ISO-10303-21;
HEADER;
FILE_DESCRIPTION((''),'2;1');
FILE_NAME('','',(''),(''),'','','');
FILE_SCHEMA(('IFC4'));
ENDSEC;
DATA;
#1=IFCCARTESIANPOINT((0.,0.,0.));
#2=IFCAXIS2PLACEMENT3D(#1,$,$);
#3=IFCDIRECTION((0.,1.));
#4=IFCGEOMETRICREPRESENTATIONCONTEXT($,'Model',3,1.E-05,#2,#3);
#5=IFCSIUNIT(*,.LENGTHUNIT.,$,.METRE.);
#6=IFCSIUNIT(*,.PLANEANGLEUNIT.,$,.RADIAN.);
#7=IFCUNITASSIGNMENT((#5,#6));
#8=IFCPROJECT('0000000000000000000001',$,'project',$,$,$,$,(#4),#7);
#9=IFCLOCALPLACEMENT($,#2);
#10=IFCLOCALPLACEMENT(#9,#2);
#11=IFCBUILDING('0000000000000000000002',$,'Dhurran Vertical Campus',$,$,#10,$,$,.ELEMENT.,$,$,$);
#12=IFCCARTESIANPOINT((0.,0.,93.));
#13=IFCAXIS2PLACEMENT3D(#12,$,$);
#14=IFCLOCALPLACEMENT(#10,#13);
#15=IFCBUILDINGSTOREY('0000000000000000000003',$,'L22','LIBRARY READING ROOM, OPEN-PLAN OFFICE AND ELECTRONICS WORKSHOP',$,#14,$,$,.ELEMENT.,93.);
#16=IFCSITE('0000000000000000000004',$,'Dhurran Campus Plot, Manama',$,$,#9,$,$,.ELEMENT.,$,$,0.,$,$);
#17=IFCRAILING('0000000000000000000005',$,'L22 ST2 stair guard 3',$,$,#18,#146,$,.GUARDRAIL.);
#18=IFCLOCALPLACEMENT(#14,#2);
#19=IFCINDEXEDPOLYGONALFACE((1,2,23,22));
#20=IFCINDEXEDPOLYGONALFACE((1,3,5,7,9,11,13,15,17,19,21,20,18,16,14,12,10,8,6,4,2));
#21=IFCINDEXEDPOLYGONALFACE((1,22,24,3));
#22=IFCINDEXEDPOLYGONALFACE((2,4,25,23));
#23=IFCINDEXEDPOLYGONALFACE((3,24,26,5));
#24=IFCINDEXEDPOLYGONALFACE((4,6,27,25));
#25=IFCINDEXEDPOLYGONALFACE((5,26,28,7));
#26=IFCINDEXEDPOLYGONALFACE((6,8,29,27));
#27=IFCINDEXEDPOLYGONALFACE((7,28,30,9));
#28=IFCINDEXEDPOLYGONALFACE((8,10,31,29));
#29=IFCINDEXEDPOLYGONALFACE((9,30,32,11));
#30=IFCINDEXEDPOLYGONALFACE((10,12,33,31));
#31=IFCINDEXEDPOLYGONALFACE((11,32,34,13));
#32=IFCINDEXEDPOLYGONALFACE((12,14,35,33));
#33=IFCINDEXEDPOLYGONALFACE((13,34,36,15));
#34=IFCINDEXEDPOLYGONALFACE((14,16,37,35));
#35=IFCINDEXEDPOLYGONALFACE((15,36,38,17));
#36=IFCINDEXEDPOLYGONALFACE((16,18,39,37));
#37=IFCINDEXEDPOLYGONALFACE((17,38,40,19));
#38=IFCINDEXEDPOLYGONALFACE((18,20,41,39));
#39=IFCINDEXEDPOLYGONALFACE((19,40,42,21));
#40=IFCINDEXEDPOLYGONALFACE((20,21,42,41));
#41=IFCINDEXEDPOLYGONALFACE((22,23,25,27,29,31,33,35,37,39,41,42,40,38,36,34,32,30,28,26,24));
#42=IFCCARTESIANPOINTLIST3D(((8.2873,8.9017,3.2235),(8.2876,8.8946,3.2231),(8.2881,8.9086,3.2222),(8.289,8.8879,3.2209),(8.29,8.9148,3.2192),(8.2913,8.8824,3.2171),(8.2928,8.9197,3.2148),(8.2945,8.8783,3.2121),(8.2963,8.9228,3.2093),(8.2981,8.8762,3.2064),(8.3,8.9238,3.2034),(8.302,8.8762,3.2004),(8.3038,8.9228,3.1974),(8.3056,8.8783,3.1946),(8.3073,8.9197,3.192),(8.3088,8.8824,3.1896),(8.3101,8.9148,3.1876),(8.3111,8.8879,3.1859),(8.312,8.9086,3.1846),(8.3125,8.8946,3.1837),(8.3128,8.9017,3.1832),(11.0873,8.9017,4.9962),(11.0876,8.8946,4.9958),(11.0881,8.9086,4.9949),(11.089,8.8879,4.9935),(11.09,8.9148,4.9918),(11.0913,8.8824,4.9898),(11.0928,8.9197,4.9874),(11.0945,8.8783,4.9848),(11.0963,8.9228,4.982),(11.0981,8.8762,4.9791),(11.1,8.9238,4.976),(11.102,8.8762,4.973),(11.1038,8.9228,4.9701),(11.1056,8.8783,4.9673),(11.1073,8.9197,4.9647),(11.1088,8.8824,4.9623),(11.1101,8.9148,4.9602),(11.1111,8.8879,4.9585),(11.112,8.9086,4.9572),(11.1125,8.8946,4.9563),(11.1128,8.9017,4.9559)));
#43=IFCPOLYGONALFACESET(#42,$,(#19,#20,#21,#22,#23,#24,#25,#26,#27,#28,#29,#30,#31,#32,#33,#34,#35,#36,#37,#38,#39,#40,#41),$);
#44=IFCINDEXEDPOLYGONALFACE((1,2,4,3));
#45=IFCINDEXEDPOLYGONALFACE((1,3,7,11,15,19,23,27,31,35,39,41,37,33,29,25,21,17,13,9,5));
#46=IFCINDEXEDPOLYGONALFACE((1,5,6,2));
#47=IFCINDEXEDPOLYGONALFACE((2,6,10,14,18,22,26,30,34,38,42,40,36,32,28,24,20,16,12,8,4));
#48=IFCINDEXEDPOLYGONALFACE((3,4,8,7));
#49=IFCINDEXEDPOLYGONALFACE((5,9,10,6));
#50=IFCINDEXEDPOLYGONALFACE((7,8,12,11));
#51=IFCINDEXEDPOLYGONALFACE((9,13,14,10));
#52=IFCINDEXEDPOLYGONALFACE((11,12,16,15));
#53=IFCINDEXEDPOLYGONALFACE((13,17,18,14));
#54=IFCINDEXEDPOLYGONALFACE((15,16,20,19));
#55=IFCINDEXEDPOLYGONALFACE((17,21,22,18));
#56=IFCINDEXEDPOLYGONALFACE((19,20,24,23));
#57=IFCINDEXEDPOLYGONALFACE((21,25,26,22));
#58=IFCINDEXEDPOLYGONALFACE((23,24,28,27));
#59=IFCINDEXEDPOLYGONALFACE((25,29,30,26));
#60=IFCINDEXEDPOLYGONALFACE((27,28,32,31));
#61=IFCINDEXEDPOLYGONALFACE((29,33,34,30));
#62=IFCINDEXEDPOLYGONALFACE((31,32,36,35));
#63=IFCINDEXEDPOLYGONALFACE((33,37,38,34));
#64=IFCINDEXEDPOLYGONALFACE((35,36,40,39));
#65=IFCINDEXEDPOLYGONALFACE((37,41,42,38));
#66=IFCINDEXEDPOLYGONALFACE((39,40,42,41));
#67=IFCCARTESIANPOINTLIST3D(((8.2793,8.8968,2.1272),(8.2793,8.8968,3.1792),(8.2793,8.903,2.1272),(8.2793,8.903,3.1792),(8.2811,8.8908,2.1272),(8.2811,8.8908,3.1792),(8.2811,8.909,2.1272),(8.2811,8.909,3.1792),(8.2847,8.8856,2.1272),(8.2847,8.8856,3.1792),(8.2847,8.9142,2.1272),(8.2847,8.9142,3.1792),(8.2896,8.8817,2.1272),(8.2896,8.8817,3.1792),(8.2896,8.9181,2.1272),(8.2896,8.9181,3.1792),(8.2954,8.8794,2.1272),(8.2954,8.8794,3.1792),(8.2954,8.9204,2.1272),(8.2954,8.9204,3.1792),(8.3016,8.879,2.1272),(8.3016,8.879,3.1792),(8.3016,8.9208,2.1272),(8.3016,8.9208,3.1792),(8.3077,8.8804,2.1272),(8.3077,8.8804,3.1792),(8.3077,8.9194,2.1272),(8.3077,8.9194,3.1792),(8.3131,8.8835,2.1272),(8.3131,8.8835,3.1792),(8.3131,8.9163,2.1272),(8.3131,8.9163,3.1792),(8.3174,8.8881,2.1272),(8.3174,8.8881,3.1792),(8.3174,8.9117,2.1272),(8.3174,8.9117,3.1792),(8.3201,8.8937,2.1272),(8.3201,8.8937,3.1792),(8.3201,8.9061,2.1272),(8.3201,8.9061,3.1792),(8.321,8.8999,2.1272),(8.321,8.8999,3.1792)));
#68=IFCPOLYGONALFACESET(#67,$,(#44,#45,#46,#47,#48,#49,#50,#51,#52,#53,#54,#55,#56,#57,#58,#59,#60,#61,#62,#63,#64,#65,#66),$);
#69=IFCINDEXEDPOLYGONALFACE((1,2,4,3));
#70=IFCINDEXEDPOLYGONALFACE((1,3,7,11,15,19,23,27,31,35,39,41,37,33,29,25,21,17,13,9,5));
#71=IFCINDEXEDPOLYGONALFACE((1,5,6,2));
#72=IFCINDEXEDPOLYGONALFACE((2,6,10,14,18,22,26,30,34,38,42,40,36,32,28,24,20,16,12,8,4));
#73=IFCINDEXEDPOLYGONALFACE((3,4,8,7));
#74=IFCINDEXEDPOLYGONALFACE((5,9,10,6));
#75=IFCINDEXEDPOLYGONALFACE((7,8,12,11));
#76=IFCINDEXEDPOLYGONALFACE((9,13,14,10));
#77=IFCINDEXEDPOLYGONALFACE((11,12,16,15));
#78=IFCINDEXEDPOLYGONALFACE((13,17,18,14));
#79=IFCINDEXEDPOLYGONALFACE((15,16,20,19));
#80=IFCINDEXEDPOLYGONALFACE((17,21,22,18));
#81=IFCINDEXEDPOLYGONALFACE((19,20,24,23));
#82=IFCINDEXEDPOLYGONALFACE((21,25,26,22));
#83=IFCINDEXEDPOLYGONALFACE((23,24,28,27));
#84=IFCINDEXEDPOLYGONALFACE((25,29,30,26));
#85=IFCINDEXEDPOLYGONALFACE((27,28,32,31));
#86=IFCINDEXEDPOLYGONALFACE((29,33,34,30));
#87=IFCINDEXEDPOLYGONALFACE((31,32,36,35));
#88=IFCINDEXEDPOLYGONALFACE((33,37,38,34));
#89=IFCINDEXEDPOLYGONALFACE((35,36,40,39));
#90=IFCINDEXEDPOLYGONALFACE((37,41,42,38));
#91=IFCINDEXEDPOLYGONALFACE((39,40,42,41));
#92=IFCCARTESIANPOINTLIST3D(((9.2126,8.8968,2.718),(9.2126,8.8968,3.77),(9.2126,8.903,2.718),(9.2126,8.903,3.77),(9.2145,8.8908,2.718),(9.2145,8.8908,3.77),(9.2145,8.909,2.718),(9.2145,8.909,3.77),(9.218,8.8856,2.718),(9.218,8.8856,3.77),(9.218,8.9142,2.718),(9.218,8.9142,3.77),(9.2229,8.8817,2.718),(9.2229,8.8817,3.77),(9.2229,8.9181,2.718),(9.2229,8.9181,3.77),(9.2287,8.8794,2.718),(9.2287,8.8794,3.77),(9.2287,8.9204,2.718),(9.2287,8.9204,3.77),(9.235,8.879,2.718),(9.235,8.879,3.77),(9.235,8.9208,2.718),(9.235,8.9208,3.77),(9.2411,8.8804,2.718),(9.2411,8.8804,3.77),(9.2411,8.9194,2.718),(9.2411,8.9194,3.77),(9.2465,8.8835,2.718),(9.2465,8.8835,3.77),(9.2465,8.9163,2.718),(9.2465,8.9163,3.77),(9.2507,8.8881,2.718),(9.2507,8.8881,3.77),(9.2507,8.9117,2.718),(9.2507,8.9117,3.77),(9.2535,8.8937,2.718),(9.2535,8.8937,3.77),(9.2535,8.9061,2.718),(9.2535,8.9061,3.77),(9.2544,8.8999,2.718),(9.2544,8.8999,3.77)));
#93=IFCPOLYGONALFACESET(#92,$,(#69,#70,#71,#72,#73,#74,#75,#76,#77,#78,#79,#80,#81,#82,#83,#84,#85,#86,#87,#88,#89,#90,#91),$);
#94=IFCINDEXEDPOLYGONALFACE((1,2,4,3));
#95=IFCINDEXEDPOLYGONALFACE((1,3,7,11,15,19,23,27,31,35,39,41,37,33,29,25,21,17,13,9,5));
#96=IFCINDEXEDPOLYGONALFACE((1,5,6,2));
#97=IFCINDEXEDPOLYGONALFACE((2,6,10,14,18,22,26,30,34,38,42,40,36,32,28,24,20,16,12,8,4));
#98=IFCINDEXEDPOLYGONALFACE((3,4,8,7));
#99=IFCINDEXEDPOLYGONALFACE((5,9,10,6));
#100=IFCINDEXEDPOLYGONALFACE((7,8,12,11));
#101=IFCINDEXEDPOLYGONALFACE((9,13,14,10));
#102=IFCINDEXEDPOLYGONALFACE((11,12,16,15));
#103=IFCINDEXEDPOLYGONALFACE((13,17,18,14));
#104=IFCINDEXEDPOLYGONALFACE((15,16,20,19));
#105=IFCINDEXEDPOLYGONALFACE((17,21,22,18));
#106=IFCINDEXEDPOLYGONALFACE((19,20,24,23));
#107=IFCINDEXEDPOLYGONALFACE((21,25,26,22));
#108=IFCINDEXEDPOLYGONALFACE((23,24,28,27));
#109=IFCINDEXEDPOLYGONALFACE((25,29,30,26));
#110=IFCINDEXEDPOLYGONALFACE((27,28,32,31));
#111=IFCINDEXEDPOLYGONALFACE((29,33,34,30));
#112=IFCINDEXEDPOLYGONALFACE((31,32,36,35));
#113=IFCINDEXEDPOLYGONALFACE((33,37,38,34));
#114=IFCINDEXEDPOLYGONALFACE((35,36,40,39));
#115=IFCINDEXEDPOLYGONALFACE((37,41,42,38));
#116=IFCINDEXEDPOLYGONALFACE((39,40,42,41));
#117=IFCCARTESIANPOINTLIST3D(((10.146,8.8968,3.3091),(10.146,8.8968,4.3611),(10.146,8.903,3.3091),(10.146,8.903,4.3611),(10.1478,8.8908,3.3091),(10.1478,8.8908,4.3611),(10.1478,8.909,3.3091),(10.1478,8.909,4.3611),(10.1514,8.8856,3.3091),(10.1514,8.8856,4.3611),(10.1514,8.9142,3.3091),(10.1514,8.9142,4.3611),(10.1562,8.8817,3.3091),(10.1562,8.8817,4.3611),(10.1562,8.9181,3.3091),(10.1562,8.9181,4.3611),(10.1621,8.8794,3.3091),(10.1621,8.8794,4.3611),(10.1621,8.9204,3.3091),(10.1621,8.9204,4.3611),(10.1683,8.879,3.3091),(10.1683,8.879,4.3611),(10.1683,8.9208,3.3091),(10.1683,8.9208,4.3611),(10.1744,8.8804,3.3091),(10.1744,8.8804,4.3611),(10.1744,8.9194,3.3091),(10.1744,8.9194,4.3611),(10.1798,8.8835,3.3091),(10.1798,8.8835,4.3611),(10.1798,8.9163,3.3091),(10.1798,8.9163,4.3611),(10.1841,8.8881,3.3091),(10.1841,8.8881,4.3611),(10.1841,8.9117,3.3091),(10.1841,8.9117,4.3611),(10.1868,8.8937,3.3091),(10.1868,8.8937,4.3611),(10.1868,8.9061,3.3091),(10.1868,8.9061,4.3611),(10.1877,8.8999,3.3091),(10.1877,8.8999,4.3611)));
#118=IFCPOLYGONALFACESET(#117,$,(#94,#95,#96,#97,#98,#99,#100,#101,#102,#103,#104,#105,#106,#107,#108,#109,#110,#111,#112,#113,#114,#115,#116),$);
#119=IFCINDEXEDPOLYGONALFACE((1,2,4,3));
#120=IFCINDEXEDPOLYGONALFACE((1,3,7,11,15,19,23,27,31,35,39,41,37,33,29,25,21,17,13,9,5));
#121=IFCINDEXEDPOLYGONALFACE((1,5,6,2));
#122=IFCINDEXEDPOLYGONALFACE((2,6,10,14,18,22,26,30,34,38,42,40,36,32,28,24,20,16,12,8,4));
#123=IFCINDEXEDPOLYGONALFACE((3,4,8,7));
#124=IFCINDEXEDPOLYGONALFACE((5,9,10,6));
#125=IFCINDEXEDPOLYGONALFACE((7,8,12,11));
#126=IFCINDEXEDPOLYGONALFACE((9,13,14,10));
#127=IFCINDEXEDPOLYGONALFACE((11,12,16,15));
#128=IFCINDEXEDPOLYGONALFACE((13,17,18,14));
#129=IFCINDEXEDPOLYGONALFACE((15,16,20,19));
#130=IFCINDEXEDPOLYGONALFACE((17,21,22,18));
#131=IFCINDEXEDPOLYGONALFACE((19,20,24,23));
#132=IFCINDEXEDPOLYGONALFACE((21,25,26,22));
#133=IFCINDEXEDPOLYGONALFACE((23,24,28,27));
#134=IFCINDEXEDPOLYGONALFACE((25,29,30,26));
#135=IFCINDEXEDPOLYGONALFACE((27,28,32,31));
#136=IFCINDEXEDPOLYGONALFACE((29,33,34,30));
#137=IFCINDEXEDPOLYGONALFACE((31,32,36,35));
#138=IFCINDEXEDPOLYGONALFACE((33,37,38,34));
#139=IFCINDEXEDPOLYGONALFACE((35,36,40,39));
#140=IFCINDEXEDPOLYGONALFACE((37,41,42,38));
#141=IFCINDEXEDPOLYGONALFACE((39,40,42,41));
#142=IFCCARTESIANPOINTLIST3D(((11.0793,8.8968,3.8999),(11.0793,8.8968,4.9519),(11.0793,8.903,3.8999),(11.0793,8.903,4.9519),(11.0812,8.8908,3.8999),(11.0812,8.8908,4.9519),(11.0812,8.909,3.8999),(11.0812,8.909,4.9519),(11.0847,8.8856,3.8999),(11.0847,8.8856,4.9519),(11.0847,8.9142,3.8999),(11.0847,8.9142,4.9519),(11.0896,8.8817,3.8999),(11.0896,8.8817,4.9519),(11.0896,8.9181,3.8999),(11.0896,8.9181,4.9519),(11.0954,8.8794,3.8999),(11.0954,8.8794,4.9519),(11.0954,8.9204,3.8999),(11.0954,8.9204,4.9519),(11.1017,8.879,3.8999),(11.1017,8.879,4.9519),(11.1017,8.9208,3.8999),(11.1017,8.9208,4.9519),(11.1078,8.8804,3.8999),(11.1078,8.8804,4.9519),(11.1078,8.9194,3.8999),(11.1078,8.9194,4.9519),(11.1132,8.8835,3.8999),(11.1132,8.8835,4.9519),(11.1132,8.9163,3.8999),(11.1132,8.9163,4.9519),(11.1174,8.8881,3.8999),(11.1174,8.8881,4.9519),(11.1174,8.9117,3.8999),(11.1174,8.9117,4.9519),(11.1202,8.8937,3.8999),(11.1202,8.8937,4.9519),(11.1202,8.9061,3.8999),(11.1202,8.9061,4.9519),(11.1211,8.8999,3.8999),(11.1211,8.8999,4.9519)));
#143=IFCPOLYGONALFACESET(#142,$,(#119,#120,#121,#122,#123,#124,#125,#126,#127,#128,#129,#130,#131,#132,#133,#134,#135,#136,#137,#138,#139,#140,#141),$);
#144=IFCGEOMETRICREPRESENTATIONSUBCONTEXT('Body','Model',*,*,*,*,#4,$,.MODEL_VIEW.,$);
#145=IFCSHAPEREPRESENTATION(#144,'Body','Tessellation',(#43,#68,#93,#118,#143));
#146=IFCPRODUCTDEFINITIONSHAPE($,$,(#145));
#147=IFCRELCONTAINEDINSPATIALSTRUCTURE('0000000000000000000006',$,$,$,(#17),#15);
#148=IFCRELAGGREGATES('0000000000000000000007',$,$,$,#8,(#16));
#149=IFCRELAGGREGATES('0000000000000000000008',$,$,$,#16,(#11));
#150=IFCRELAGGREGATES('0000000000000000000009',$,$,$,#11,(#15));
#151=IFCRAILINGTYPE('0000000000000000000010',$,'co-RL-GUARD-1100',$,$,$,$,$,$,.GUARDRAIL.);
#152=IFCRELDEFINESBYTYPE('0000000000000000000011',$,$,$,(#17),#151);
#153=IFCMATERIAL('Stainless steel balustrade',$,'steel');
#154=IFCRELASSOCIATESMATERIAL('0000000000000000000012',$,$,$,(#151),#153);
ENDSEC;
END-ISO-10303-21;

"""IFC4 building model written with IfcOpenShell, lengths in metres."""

from ifc_helpers import new_model, si_unit, direction, frame, origin, origin_2d, place, context, subcontext, project, spatial, circle, extrude, material, type_object, element, save


model = new_model("IFC4")

# Units and contexts
model_context = context("Model", 3, precision=1e-05, world=origin(), true_north=direction((0.0, 1.0)))
body_context = subcontext(model_context, "Body", "Model", "MODEL_VIEW")
ifc_project = project(units=[si_unit("LENGTHUNIT", "METRE"), si_unit("PLANEANGLEUNIT", "RADIAN")], contexts=[model_context])

# Site, building, storey
site_placement = place(None, origin())
site = spatial("IfcSite", under=ifc_project, at=site_placement, Name="Dhurran Campus Plot, Manama", CompositionType="ELEMENT", RefElevation=0.0)
building_placement = place(site_placement, origin())
building = spatial("IfcBuilding", under=site, at=building_placement, Name="Dhurran Vertical Campus", CompositionType="ELEMENT")
storey_placement = place(building_placement, frame((0.0, 0.0, 93.0)))
storey = spatial("IfcBuildingStorey", under=building, at=storey_placement, Name="L22", Description="LIBRARY READING ROOM, OPEN-PLAN OFFICE AND ELECTRONICS WORKSHOP", CompositionType="ELEMENT", Elevation=93.0)

# Railing
ifc_material_1 = material(Name="Stainless steel balustrade", Category="steel")
railing_type = type_object("IfcRailingType", Name="co-RL-GUARD-1100", PredefinedType="GUARDRAIL", material=ifc_material_1)
railing_1_placement = place(storey_placement, frame((8.3, 8.8999, 2.1272)))
element("IfcRailing", 1, at=railing_1_placement, inside=storey, type_object=railing_type, Name="L22 ST2 stair guard 3", PredefinedType="GUARDRAIL", context=body_context, shape_type="SweptSolid", body=[
    extrude(circle(Radius=0.0239, at=origin_2d()), frame((0.0, 0.0, 1.0762), z_axis=(0.844909, 0.0, 0.53491), x_axis=(0.0, 1.0, 0.0)), (0.0, 0.0, 1.0), 3.314),
    extrude(circle(Radius=0.021, at=origin_2d()), origin(), (0.0, 0.0, 1.0), 1.052),
    extrude(circle(Radius=0.021, at=origin_2d()), frame((0.9333, 0.0, 0.5908)), (0.0, 0.0, 1.0), 1.052),
    extrude(circle(Radius=0.021, at=origin_2d()), frame((1.8667, 0.0, 1.1819)), (0.0, 0.0, 1.0), 1.052),
    extrude(circle(Radius=0.021, at=origin_2d()), frame((2.8, 0.0, 1.7727)), (0.0, 0.0, 1.0), 1.052),
])

save(model, "model.ifc")
